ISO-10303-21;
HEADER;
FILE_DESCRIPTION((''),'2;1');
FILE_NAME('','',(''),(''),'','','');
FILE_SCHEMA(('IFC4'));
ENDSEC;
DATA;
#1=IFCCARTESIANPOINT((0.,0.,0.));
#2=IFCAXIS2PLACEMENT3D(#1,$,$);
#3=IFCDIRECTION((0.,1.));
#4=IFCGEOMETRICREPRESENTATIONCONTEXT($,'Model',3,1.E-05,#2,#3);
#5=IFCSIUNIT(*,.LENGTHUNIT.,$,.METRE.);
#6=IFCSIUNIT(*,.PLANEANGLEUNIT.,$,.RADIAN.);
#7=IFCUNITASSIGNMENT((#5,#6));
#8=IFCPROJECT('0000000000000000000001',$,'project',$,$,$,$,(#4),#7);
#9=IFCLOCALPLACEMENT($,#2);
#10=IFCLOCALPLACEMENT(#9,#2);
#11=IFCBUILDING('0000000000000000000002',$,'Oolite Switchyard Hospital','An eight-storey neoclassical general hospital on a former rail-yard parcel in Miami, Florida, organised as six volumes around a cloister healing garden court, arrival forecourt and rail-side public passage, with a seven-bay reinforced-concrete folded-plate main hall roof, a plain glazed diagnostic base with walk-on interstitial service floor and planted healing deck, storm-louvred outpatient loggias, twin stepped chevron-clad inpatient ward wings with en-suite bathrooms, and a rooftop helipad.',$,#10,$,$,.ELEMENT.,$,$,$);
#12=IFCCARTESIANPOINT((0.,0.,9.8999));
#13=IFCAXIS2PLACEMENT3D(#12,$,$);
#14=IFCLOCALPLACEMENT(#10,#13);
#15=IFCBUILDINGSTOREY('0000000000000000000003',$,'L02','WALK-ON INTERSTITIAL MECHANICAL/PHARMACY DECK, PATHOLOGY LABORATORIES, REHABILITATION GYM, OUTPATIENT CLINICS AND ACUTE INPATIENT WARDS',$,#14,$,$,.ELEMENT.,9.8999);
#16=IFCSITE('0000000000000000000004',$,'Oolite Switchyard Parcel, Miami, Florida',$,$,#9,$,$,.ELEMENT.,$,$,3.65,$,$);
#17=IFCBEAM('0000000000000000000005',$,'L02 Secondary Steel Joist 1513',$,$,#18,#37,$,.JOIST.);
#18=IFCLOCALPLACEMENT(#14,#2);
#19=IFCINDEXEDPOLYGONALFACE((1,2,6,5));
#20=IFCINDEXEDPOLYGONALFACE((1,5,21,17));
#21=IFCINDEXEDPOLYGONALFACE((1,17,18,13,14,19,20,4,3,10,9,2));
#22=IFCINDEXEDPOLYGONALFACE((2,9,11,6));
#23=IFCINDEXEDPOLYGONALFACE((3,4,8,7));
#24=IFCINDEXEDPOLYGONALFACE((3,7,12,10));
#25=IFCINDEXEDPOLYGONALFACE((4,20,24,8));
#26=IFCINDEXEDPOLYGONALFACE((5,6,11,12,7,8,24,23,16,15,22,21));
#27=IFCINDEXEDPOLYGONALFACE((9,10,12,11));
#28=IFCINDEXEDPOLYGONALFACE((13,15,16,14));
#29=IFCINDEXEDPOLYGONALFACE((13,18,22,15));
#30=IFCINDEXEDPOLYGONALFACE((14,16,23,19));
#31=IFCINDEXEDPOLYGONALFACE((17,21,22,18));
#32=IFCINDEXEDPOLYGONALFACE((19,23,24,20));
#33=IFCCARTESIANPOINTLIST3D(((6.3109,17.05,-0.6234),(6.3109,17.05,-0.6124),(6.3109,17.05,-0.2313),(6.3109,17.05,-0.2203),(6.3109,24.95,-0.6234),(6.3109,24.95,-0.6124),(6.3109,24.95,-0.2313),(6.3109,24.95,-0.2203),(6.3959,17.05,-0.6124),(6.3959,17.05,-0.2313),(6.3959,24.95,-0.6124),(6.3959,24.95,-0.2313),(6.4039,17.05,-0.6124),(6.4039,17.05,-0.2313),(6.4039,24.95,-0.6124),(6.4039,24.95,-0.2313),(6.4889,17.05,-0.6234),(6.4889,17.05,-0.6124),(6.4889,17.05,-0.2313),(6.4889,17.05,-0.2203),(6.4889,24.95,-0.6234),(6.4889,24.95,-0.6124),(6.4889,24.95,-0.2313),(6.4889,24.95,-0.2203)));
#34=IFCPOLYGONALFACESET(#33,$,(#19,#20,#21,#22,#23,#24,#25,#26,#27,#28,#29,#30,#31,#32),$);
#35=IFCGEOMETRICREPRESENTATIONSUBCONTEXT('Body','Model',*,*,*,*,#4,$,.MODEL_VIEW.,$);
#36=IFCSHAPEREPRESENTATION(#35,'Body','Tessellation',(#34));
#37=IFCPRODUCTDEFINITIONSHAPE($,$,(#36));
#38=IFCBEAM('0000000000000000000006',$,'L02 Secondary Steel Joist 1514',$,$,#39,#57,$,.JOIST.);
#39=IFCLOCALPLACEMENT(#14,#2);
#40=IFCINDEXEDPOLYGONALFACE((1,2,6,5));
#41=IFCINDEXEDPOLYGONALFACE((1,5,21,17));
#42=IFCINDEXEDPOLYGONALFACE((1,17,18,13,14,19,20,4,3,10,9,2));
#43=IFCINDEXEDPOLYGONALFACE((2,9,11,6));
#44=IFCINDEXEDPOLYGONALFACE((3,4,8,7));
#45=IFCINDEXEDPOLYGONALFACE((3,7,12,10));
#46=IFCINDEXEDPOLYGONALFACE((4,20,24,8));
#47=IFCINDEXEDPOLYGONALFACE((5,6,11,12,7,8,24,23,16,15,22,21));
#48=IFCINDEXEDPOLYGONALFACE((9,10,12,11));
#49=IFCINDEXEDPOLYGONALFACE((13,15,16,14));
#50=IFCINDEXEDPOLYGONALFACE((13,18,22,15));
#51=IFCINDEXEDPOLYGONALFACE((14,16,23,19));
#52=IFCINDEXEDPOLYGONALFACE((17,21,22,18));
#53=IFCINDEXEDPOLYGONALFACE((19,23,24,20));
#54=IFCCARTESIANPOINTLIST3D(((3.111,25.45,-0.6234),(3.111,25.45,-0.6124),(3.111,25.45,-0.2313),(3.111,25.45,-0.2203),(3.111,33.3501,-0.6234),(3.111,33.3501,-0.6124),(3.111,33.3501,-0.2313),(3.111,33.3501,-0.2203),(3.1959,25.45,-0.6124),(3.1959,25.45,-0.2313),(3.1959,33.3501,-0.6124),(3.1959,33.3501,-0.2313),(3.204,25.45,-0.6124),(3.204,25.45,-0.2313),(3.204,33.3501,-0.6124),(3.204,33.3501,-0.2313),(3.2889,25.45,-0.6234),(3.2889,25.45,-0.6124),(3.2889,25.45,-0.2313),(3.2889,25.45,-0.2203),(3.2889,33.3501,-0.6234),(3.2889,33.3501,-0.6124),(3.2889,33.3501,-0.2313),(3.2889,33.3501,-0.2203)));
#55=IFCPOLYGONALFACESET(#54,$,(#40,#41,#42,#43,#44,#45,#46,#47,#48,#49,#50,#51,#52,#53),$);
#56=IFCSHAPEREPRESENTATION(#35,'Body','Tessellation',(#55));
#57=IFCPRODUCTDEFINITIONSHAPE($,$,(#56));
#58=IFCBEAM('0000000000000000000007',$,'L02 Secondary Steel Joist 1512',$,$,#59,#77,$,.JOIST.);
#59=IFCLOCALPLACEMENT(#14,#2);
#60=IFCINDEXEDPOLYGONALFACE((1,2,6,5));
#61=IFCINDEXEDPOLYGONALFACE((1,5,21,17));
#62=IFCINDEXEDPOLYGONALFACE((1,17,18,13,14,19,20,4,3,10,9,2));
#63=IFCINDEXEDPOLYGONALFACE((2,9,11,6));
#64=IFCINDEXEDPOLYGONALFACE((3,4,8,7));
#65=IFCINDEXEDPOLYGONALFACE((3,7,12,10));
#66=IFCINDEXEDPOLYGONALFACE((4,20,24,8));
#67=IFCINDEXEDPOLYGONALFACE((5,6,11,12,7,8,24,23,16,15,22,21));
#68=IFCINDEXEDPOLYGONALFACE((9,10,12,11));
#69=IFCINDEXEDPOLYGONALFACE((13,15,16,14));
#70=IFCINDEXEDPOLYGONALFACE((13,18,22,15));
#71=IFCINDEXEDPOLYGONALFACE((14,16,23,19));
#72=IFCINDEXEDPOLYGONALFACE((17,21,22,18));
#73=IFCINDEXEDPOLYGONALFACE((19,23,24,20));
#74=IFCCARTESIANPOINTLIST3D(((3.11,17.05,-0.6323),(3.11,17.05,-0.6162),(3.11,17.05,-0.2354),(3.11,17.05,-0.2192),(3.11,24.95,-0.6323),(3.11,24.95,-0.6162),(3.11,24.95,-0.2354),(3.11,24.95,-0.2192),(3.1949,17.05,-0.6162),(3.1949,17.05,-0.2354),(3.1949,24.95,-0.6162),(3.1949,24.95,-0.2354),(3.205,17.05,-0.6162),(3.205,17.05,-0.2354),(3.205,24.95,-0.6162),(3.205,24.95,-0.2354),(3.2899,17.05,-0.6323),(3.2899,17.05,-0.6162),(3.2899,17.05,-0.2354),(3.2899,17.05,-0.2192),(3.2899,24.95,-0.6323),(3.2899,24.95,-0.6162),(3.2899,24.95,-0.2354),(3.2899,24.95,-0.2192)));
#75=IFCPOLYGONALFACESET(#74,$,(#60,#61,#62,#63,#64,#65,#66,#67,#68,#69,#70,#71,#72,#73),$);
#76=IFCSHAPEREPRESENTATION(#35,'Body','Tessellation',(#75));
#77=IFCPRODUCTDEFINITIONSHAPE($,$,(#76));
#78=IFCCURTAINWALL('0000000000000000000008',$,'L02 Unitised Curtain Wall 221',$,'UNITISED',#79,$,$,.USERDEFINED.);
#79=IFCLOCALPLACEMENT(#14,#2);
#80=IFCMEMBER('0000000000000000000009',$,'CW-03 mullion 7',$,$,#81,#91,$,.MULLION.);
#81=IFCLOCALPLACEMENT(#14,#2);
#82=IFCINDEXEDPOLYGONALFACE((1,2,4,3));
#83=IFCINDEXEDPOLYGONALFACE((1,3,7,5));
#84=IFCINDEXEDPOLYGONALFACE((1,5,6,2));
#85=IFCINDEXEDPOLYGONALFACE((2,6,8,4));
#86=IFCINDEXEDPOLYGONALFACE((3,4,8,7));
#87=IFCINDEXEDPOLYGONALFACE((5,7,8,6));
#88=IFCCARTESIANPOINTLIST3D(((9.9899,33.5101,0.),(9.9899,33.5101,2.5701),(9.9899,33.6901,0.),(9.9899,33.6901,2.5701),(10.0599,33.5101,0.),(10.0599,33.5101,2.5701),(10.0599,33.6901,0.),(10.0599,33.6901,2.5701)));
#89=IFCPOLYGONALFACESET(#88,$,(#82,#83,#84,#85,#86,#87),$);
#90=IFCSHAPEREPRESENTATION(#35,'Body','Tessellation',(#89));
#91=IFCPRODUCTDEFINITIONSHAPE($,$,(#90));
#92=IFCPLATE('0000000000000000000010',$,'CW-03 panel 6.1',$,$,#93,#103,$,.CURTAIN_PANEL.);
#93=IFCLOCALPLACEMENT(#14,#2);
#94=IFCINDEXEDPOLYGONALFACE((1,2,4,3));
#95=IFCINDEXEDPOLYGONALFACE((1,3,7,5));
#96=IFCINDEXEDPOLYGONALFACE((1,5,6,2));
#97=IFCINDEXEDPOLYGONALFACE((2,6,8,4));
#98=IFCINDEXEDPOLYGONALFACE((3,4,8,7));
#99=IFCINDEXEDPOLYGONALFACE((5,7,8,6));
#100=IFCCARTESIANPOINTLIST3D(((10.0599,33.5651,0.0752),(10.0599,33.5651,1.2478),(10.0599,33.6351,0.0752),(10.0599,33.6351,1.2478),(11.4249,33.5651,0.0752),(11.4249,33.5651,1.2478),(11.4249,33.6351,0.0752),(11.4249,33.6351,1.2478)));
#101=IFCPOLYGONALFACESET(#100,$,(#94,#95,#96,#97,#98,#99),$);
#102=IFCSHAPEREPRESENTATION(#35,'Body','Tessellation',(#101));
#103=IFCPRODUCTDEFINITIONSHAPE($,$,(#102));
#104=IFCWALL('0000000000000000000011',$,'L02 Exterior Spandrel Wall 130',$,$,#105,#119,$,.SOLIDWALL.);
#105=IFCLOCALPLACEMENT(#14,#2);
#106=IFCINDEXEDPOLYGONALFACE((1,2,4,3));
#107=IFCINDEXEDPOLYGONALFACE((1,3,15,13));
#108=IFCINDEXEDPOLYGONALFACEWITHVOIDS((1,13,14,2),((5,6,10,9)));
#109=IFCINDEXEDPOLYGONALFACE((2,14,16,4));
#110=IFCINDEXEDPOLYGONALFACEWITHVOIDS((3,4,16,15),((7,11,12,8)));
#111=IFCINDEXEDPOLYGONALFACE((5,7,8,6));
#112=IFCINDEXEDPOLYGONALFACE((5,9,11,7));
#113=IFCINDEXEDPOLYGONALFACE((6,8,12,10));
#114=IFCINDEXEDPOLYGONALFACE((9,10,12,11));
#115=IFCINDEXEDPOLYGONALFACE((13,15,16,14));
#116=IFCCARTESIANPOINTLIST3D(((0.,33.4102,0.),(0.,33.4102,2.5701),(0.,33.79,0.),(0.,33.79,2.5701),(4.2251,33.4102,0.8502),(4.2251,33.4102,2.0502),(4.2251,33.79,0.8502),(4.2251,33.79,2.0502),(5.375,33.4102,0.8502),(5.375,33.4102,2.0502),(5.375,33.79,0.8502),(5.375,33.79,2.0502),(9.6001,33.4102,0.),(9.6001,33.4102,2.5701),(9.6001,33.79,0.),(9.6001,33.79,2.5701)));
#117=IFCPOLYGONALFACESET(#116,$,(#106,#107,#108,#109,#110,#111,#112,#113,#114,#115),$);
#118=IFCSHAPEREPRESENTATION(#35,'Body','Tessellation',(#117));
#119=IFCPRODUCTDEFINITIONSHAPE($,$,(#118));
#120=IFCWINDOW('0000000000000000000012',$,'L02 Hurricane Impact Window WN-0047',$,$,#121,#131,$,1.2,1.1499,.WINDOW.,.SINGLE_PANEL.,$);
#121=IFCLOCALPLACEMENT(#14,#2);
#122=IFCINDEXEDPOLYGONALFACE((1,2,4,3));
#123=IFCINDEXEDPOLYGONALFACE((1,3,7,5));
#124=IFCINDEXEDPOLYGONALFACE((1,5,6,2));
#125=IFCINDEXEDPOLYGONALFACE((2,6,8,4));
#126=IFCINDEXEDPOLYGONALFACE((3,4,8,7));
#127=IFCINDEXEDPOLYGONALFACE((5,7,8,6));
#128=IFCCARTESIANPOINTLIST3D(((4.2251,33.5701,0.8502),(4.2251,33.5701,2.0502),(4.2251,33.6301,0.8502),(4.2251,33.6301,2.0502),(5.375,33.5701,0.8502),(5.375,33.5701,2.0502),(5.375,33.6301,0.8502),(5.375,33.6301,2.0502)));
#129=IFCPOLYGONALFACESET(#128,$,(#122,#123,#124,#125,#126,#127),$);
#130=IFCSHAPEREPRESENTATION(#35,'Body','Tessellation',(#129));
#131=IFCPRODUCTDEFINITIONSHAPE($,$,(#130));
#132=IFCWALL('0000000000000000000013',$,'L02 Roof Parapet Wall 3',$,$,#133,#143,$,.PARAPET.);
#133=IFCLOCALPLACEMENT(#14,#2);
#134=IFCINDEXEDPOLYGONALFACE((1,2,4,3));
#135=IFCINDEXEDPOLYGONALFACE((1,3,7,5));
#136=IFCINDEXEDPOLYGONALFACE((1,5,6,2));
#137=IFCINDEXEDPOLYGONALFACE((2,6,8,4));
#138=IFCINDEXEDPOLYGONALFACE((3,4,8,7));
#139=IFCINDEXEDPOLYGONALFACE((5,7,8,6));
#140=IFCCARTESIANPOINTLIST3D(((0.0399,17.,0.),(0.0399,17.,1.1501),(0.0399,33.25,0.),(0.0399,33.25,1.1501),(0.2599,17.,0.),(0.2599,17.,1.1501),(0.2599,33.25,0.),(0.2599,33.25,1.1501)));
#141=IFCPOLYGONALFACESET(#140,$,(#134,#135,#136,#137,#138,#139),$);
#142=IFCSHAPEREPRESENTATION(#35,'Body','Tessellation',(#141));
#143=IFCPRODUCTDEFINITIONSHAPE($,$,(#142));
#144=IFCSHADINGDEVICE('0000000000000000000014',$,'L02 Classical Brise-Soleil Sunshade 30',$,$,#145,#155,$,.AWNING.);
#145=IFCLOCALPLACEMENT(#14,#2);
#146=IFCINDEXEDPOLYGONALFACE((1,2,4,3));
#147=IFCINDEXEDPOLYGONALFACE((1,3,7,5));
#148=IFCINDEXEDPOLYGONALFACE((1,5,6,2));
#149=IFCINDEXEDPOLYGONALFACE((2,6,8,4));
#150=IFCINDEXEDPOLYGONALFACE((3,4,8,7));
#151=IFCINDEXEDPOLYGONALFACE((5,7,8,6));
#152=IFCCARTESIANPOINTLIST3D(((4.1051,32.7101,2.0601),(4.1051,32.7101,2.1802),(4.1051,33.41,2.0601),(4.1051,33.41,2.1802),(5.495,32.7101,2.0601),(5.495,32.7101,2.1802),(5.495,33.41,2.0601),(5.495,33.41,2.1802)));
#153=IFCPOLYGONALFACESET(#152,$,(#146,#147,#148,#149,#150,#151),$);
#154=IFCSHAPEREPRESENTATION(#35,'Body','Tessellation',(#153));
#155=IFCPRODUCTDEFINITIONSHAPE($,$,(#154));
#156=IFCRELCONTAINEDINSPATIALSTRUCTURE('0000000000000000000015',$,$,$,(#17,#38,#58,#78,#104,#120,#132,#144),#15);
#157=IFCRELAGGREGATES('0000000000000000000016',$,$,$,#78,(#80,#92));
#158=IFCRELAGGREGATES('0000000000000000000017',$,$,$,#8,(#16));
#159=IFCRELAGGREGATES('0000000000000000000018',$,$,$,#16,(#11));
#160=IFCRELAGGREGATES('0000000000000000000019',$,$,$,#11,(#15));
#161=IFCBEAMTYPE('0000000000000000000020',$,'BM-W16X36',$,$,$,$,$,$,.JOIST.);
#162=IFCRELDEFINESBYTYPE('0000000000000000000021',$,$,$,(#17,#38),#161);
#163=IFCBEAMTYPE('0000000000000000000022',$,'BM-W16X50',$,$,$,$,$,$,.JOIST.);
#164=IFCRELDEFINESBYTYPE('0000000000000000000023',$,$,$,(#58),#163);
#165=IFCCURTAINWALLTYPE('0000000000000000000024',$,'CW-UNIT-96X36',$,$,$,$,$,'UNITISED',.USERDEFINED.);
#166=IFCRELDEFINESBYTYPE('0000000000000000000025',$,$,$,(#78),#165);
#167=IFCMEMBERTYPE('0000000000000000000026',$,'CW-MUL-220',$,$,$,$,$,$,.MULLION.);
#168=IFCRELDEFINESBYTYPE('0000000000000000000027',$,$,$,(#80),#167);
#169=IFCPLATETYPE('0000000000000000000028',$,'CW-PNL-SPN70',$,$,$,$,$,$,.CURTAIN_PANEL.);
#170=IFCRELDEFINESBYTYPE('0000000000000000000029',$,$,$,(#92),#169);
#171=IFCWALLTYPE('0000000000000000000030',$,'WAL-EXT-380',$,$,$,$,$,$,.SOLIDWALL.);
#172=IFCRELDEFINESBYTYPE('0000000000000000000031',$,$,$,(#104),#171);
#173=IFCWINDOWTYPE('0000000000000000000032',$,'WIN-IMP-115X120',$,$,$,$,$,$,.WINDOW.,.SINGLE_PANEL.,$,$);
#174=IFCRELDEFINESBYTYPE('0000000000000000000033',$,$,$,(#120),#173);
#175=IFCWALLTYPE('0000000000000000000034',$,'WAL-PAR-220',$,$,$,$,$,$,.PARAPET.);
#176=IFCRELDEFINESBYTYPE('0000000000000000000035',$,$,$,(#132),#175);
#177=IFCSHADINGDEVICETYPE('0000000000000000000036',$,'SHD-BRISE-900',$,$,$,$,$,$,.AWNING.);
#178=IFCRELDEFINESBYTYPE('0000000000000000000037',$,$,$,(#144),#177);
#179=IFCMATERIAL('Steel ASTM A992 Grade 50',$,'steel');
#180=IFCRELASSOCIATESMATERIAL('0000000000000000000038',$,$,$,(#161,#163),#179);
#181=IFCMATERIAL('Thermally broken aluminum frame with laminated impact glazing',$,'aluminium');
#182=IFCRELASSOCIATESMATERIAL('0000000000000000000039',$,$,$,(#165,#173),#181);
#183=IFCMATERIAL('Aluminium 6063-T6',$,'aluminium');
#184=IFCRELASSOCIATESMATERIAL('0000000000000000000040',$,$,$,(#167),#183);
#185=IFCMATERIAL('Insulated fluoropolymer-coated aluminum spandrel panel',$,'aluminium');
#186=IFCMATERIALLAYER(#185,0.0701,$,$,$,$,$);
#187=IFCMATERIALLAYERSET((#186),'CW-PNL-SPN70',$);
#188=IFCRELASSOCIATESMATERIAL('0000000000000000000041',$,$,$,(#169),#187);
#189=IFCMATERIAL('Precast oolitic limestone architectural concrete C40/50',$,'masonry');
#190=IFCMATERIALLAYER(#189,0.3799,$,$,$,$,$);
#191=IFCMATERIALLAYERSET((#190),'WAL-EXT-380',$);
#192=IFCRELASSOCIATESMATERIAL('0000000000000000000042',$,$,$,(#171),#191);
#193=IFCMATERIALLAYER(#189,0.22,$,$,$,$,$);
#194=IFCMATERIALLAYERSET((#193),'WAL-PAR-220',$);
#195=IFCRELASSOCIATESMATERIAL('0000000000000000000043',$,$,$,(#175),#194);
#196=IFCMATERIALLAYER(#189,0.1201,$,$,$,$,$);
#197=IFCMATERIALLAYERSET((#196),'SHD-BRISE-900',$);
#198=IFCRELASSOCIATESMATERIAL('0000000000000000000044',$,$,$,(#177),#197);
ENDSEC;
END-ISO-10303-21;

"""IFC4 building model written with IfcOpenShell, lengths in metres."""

from ifc_helpers import new_model, si_unit, direction, frame, frame_2d, origin, origin_2d, place, context, subcontext, project, spatial, rectangle, i_section, extrude, material, layer, layer_set, material_profile, profile_set, type_object, element, fill, aggregate, save


model = new_model("IFC4")

# Units and contexts
model_context = context("Model", 3, precision=1e-05, world=origin(), true_north=direction((0.0, 1.0)))
body_context = subcontext(model_context, "Body", "Model", "MODEL_VIEW")
ifc_project = project(units=[si_unit("LENGTHUNIT", "METRE"), si_unit("PLANEANGLEUNIT", "RADIAN")], contexts=[model_context])

# Site, building, storey
site_placement = place(None, origin())
site = spatial("IfcSite", under=ifc_project, at=site_placement, Name="Oolite Switchyard Parcel, Miami, Florida", CompositionType="ELEMENT", RefElevation=3.65)
building_placement = place(site_placement, origin())
building = spatial("IfcBuilding", under=site, at=building_placement, Name="Oolite Switchyard Hospital", Description="An eight-storey neoclassical general hospital on a former rail-yard parcel in Miami, Florida, organised as six volumes around a cloister healing garden court, arrival forecourt and rail-side public passage, with a seven-bay reinforced-concrete folded-plate main hall roof, a plain glazed diagnostic base with walk-on interstitial service floor and planted healing deck, storm-louvred outpatient loggias, twin stepped chevron-clad inpatient ward wings with en-suite bathrooms, and a rooftop helipad.", CompositionType="ELEMENT")
storey_placement = place(building_placement, frame((0.0, 0.0, 9.8999)))
storey = spatial("IfcBuildingStorey", under=building, at=storey_placement, Name="L02", Description="WALK-ON INTERSTITIAL MECHANICAL/PHARMACY DECK, PATHOLOGY LABORATORIES, REHABILITATION GYM, OUTPATIENT CLINICS AND ACUTE INPATIENT WARDS", CompositionType="ELEMENT", Elevation=9.8999)

# Beams
ifc_material_1 = material(Name="Steel ASTM A992 Grade 50", Category="steel")
ifc_material_profile_1 = material_profile(ifc_material_1, i_section(OverallWidth=0.178, OverallDepth=0.4031, WebThickness=0.0081, FlangeThickness=0.011, at=origin_2d()), Name="W16X36")
ifc_profile_set_1 = profile_set([ifc_material_profile_1], Name="Steel ASTM A992 Grade 50")
beam_type_1 = type_object("IfcBeamType", Name="BM-W16X36", PredefinedType="JOIST", material=ifc_profile_set_1)
beam_1_placement = place(storey_placement, frame((6.3999, 17.05, -0.4219), z_axis=(0.0, 1.0, 0.0), x_axis=(-1.0, 0.0, 0.0)))
element("IfcBeam", 1, at=beam_1_placement, inside=storey, type_object=beam_type_1, Name="L02 Secondary Steel Joist 1513", PredefinedType="JOIST", context=body_context, shape_type="SweptSolid", body=[
    extrude(i_section(OverallWidth=0.178, OverallDepth=0.4031, WebThickness=0.0081, FlangeThickness=0.011, at=origin_2d()), origin(), (0.0, 0.0, 1.0), 7.8999),
])
beam_2_placement = place(storey_placement, frame((3.2, 25.45, -0.4219), z_axis=(0.0, 1.0, 0.0), x_axis=(-1.0, 0.0, 0.0)))
element("IfcBeam", 2, at=beam_2_placement, inside=storey, type_object=beam_type_1, Name="L02 Secondary Steel Joist 1514", PredefinedType="JOIST", context=body_context, shape_type="SweptSolid", body=[
    extrude(i_section(OverallWidth=0.178, OverallDepth=0.4031, WebThickness=0.0081, FlangeThickness=0.011, at=origin_2d()), origin(), (0.0, 0.0, 1.0), 7.9001),
])
ifc_material_profile_2 = material_profile(ifc_material_1, i_section(OverallWidth=0.1799, OverallDepth=0.4131, WebThickness=0.01, FlangeThickness=0.0161, at=origin_2d()), Name="W16X50")
ifc_profile_set_2 = profile_set([ifc_material_profile_2], Name="Steel ASTM A992 Grade 50")
beam_type_2 = type_object("IfcBeamType", Name="BM-W16X50", PredefinedType="JOIST", material=ifc_profile_set_2)
beam_3_placement = place(storey_placement, frame((3.2, 17.05, -0.4258), z_axis=(0.0, 1.0, 0.0), x_axis=(-1.0, 0.0, 0.0)))
element("IfcBeam", 3, at=beam_3_placement, inside=storey, type_object=beam_type_2, Name="L02 Secondary Steel Joist 1512", PredefinedType="JOIST", context=body_context, shape_type="SweptSolid", body=[
    extrude(i_section(OverallWidth=0.1799, OverallDepth=0.4131, WebThickness=0.01, FlangeThickness=0.0161, at=origin_2d()), origin(), (0.0, 0.0, 1.0), 7.8999),
])

# Curtain wall, member, plate
ifc_material_2 = material(Name="Thermally broken aluminum frame with laminated impact glazing", Category="aluminium")
curtain_wall_type = type_object("IfcCurtainWallType", Name="CW-UNIT-96X36", ElementType="UNITISED", PredefinedType="USERDEFINED", material=ifc_material_2)
curtain_wall_placement = place(storey_placement, origin())
curtain_wall = element("IfcCurtainWall", 4, at=curtain_wall_placement, inside=storey, type_object=curtain_wall_type, Name="L02 Unitised Curtain Wall 221", ObjectType="UNITISED", PredefinedType="USERDEFINED")
ifc_material_3 = material(Name="Aluminium 6063-T6", Category="aluminium")
ifc_material_profile_3 = material_profile(ifc_material_3, rectangle(XDim=0.1799, YDim=0.0701, at=origin_2d()), Name="CWM70X180")
ifc_profile_set_3 = profile_set([ifc_material_profile_3], Name="Aluminium 6063-T6")
member_type = type_object("IfcMemberType", Name="CW-MUL-220", PredefinedType="MULLION", material=ifc_profile_set_3)
member_placement = place(storey_placement, frame((10.0249, 33.6001, 0.0), z_axis=(0.0, 0.0, 1.0), x_axis=(0.0, -1.0, 0.0)))
member = element("IfcMember", 5, at=member_placement, type_object=member_type, Name="CW-03 mullion 7", PredefinedType="MULLION", context=body_context, shape_type="SweptSolid", body=[
    extrude(rectangle(XDim=0.1799, YDim=0.0701, at=origin_2d()), origin(), (0.0, 0.0, 1.0), 2.5701),
])
ifc_material_4 = material(Name="Insulated fluoropolymer-coated aluminum spandrel panel", Category="aluminium")
ifc_layer_1 = layer(ifc_material_4, 0.0701)
ifc_layer_set_1 = layer_set([ifc_layer_1], Name="CW-PNL-SPN70")
plate_type = type_object("IfcPlateType", Name="CW-PNL-SPN70", PredefinedType="CURTAIN_PANEL", material=ifc_layer_set_1)
plate_placement = place(storey_placement, frame((10.7424, 33.6001, 0.0752), z_axis=(0.0, 0.0, 1.0), x_axis=(-1.0, 0.0, 0.0)))
plate = element("IfcPlate", 6, at=plate_placement, type_object=plate_type, Name="CW-03 panel 6.1", PredefinedType="CURTAIN_PANEL", context=body_context, shape_type="SweptSolid", body=[
    extrude(rectangle(XDim=1.365, YDim=0.0701, at=origin_2d()), origin(), (0.0, 0.0, 1.0), 1.1726),
])
aggregate(curtain_wall, [member, plate])

# Wall, opening, window
ifc_material_5 = material(Name="Precast oolitic limestone architectural concrete C40/50", Category="masonry")
ifc_layer_2 = layer(ifc_material_5, 0.3799)
ifc_layer_set_2 = layer_set([ifc_layer_2], Name="WAL-EXT-380")
wall_type_1 = type_object("IfcWallType", Name="WAL-EXT-380", PredefinedType="SOLIDWALL", material=ifc_layer_set_2)
wall_1_placement = place(storey_placement, frame((9.6001, 33.6001, 0.0), z_axis=(0.0, 0.0, 1.0), x_axis=(-1.0, 0.0, 0.0)))
wall_1 = element("IfcWall", 7, at=wall_1_placement, inside=storey, type_object=wall_type_1, Name="L02 Exterior Spandrel Wall 130", PredefinedType="SOLIDWALL", context=body_context, shape_type="SweptSolid", body=[
    extrude(rectangle(XDim=9.6001, YDim=0.3799, at=frame_2d((4.8, 0.0))), origin(), (0.0, 0.0, 1.0), 2.5701),
])
opening_placement = place(wall_1_placement, frame((4.2251, 0.0, 0.8501)))
opening = element("IfcOpeningElement", 8, at=opening_placement, cuts=wall_1, PredefinedType="OPENING", context=body_context, shape_type="SweptSolid", body=[
    extrude(rectangle(XDim=1.1499, YDim=1.2, at=frame_2d((0.575, 0.6001))), frame((0.0, 0.2, 0.0), z_axis=(0.0, -1.0, 0.0), x_axis=(1.0, 0.0, 0.0)), (0.0, 0.0, 1.0), 0.3999),
])
window_type = type_object("IfcWindowType", Name="WIN-IMP-115X120", PartitioningType="SINGLE_PANEL", PredefinedType="WINDOW", material=ifc_material_2)
window_placement = place(opening_placement, origin())
window = element("IfcWindow", 9, at=window_placement, inside=storey, type_object=window_type, Name="L02 Hurricane Impact Window WN-0047", OverallHeight=1.2, OverallWidth=1.1499, PartitioningType="SINGLE_PANEL", PredefinedType="WINDOW", context=body_context, shape_type="SweptSolid", body=[
    extrude(rectangle(XDim=1.1499, YDim=1.2, at=frame_2d((0.575, 0.6001))), frame((0.0, 0.03, 0.0), z_axis=(0.0, -1.0, 0.0), x_axis=(1.0, 0.0, 0.0)), (0.0, 0.0, 1.0), 0.0601),
])
fill(opening, window)

# Wall
ifc_layer_3 = layer(ifc_material_5, 0.22)
ifc_layer_set_3 = layer_set([ifc_layer_3], Name="WAL-PAR-220")
wall_type_2 = type_object("IfcWallType", Name="WAL-PAR-220", PredefinedType="PARAPET", material=ifc_layer_set_3)
wall_2_placement = place(storey_placement, frame((0.1499, 17.0, 0.0), z_axis=(0.0, 0.0, 1.0), x_axis=(0.0, 1.0, 0.0)))
element("IfcWall", 10, at=wall_2_placement, inside=storey, type_object=wall_type_2, Name="L02 Roof Parapet Wall 3", PredefinedType="PARAPET", context=body_context, shape_type="SweptSolid", body=[
    extrude(rectangle(XDim=16.25, YDim=0.22, at=frame_2d((8.125, 0.0))), origin(), (0.0, 0.0, 1.0), 1.1501),
])

# Shading device
ifc_layer_4 = layer(ifc_material_5, 0.1201)
ifc_layer_set_4 = layer_set([ifc_layer_4], Name="SHD-BRISE-900")
shading_device_type = type_object("IfcShadingDeviceType", Name="SHD-BRISE-900", PredefinedType="AWNING", material=ifc_layer_set_4)
shading_device_placement = place(storey_placement, frame((4.8, 33.0601, 2.0601), z_axis=(0.0, 0.0, 1.0), x_axis=(1.0, 0.0, 0.0)))
element("IfcShadingDevice", 11, at=shading_device_placement, inside=storey, type_object=shading_device_type, Name="L02 Classical Brise-Soleil Sunshade 30", PredefinedType="AWNING", context=body_context, shape_type="SweptSolid", body=[
    extrude(rectangle(XDim=1.3899, YDim=0.7, at=origin_2d()), origin(), (0.0, 0.0, 1.0), 0.1201),
])

save(model, "model.ifc")
